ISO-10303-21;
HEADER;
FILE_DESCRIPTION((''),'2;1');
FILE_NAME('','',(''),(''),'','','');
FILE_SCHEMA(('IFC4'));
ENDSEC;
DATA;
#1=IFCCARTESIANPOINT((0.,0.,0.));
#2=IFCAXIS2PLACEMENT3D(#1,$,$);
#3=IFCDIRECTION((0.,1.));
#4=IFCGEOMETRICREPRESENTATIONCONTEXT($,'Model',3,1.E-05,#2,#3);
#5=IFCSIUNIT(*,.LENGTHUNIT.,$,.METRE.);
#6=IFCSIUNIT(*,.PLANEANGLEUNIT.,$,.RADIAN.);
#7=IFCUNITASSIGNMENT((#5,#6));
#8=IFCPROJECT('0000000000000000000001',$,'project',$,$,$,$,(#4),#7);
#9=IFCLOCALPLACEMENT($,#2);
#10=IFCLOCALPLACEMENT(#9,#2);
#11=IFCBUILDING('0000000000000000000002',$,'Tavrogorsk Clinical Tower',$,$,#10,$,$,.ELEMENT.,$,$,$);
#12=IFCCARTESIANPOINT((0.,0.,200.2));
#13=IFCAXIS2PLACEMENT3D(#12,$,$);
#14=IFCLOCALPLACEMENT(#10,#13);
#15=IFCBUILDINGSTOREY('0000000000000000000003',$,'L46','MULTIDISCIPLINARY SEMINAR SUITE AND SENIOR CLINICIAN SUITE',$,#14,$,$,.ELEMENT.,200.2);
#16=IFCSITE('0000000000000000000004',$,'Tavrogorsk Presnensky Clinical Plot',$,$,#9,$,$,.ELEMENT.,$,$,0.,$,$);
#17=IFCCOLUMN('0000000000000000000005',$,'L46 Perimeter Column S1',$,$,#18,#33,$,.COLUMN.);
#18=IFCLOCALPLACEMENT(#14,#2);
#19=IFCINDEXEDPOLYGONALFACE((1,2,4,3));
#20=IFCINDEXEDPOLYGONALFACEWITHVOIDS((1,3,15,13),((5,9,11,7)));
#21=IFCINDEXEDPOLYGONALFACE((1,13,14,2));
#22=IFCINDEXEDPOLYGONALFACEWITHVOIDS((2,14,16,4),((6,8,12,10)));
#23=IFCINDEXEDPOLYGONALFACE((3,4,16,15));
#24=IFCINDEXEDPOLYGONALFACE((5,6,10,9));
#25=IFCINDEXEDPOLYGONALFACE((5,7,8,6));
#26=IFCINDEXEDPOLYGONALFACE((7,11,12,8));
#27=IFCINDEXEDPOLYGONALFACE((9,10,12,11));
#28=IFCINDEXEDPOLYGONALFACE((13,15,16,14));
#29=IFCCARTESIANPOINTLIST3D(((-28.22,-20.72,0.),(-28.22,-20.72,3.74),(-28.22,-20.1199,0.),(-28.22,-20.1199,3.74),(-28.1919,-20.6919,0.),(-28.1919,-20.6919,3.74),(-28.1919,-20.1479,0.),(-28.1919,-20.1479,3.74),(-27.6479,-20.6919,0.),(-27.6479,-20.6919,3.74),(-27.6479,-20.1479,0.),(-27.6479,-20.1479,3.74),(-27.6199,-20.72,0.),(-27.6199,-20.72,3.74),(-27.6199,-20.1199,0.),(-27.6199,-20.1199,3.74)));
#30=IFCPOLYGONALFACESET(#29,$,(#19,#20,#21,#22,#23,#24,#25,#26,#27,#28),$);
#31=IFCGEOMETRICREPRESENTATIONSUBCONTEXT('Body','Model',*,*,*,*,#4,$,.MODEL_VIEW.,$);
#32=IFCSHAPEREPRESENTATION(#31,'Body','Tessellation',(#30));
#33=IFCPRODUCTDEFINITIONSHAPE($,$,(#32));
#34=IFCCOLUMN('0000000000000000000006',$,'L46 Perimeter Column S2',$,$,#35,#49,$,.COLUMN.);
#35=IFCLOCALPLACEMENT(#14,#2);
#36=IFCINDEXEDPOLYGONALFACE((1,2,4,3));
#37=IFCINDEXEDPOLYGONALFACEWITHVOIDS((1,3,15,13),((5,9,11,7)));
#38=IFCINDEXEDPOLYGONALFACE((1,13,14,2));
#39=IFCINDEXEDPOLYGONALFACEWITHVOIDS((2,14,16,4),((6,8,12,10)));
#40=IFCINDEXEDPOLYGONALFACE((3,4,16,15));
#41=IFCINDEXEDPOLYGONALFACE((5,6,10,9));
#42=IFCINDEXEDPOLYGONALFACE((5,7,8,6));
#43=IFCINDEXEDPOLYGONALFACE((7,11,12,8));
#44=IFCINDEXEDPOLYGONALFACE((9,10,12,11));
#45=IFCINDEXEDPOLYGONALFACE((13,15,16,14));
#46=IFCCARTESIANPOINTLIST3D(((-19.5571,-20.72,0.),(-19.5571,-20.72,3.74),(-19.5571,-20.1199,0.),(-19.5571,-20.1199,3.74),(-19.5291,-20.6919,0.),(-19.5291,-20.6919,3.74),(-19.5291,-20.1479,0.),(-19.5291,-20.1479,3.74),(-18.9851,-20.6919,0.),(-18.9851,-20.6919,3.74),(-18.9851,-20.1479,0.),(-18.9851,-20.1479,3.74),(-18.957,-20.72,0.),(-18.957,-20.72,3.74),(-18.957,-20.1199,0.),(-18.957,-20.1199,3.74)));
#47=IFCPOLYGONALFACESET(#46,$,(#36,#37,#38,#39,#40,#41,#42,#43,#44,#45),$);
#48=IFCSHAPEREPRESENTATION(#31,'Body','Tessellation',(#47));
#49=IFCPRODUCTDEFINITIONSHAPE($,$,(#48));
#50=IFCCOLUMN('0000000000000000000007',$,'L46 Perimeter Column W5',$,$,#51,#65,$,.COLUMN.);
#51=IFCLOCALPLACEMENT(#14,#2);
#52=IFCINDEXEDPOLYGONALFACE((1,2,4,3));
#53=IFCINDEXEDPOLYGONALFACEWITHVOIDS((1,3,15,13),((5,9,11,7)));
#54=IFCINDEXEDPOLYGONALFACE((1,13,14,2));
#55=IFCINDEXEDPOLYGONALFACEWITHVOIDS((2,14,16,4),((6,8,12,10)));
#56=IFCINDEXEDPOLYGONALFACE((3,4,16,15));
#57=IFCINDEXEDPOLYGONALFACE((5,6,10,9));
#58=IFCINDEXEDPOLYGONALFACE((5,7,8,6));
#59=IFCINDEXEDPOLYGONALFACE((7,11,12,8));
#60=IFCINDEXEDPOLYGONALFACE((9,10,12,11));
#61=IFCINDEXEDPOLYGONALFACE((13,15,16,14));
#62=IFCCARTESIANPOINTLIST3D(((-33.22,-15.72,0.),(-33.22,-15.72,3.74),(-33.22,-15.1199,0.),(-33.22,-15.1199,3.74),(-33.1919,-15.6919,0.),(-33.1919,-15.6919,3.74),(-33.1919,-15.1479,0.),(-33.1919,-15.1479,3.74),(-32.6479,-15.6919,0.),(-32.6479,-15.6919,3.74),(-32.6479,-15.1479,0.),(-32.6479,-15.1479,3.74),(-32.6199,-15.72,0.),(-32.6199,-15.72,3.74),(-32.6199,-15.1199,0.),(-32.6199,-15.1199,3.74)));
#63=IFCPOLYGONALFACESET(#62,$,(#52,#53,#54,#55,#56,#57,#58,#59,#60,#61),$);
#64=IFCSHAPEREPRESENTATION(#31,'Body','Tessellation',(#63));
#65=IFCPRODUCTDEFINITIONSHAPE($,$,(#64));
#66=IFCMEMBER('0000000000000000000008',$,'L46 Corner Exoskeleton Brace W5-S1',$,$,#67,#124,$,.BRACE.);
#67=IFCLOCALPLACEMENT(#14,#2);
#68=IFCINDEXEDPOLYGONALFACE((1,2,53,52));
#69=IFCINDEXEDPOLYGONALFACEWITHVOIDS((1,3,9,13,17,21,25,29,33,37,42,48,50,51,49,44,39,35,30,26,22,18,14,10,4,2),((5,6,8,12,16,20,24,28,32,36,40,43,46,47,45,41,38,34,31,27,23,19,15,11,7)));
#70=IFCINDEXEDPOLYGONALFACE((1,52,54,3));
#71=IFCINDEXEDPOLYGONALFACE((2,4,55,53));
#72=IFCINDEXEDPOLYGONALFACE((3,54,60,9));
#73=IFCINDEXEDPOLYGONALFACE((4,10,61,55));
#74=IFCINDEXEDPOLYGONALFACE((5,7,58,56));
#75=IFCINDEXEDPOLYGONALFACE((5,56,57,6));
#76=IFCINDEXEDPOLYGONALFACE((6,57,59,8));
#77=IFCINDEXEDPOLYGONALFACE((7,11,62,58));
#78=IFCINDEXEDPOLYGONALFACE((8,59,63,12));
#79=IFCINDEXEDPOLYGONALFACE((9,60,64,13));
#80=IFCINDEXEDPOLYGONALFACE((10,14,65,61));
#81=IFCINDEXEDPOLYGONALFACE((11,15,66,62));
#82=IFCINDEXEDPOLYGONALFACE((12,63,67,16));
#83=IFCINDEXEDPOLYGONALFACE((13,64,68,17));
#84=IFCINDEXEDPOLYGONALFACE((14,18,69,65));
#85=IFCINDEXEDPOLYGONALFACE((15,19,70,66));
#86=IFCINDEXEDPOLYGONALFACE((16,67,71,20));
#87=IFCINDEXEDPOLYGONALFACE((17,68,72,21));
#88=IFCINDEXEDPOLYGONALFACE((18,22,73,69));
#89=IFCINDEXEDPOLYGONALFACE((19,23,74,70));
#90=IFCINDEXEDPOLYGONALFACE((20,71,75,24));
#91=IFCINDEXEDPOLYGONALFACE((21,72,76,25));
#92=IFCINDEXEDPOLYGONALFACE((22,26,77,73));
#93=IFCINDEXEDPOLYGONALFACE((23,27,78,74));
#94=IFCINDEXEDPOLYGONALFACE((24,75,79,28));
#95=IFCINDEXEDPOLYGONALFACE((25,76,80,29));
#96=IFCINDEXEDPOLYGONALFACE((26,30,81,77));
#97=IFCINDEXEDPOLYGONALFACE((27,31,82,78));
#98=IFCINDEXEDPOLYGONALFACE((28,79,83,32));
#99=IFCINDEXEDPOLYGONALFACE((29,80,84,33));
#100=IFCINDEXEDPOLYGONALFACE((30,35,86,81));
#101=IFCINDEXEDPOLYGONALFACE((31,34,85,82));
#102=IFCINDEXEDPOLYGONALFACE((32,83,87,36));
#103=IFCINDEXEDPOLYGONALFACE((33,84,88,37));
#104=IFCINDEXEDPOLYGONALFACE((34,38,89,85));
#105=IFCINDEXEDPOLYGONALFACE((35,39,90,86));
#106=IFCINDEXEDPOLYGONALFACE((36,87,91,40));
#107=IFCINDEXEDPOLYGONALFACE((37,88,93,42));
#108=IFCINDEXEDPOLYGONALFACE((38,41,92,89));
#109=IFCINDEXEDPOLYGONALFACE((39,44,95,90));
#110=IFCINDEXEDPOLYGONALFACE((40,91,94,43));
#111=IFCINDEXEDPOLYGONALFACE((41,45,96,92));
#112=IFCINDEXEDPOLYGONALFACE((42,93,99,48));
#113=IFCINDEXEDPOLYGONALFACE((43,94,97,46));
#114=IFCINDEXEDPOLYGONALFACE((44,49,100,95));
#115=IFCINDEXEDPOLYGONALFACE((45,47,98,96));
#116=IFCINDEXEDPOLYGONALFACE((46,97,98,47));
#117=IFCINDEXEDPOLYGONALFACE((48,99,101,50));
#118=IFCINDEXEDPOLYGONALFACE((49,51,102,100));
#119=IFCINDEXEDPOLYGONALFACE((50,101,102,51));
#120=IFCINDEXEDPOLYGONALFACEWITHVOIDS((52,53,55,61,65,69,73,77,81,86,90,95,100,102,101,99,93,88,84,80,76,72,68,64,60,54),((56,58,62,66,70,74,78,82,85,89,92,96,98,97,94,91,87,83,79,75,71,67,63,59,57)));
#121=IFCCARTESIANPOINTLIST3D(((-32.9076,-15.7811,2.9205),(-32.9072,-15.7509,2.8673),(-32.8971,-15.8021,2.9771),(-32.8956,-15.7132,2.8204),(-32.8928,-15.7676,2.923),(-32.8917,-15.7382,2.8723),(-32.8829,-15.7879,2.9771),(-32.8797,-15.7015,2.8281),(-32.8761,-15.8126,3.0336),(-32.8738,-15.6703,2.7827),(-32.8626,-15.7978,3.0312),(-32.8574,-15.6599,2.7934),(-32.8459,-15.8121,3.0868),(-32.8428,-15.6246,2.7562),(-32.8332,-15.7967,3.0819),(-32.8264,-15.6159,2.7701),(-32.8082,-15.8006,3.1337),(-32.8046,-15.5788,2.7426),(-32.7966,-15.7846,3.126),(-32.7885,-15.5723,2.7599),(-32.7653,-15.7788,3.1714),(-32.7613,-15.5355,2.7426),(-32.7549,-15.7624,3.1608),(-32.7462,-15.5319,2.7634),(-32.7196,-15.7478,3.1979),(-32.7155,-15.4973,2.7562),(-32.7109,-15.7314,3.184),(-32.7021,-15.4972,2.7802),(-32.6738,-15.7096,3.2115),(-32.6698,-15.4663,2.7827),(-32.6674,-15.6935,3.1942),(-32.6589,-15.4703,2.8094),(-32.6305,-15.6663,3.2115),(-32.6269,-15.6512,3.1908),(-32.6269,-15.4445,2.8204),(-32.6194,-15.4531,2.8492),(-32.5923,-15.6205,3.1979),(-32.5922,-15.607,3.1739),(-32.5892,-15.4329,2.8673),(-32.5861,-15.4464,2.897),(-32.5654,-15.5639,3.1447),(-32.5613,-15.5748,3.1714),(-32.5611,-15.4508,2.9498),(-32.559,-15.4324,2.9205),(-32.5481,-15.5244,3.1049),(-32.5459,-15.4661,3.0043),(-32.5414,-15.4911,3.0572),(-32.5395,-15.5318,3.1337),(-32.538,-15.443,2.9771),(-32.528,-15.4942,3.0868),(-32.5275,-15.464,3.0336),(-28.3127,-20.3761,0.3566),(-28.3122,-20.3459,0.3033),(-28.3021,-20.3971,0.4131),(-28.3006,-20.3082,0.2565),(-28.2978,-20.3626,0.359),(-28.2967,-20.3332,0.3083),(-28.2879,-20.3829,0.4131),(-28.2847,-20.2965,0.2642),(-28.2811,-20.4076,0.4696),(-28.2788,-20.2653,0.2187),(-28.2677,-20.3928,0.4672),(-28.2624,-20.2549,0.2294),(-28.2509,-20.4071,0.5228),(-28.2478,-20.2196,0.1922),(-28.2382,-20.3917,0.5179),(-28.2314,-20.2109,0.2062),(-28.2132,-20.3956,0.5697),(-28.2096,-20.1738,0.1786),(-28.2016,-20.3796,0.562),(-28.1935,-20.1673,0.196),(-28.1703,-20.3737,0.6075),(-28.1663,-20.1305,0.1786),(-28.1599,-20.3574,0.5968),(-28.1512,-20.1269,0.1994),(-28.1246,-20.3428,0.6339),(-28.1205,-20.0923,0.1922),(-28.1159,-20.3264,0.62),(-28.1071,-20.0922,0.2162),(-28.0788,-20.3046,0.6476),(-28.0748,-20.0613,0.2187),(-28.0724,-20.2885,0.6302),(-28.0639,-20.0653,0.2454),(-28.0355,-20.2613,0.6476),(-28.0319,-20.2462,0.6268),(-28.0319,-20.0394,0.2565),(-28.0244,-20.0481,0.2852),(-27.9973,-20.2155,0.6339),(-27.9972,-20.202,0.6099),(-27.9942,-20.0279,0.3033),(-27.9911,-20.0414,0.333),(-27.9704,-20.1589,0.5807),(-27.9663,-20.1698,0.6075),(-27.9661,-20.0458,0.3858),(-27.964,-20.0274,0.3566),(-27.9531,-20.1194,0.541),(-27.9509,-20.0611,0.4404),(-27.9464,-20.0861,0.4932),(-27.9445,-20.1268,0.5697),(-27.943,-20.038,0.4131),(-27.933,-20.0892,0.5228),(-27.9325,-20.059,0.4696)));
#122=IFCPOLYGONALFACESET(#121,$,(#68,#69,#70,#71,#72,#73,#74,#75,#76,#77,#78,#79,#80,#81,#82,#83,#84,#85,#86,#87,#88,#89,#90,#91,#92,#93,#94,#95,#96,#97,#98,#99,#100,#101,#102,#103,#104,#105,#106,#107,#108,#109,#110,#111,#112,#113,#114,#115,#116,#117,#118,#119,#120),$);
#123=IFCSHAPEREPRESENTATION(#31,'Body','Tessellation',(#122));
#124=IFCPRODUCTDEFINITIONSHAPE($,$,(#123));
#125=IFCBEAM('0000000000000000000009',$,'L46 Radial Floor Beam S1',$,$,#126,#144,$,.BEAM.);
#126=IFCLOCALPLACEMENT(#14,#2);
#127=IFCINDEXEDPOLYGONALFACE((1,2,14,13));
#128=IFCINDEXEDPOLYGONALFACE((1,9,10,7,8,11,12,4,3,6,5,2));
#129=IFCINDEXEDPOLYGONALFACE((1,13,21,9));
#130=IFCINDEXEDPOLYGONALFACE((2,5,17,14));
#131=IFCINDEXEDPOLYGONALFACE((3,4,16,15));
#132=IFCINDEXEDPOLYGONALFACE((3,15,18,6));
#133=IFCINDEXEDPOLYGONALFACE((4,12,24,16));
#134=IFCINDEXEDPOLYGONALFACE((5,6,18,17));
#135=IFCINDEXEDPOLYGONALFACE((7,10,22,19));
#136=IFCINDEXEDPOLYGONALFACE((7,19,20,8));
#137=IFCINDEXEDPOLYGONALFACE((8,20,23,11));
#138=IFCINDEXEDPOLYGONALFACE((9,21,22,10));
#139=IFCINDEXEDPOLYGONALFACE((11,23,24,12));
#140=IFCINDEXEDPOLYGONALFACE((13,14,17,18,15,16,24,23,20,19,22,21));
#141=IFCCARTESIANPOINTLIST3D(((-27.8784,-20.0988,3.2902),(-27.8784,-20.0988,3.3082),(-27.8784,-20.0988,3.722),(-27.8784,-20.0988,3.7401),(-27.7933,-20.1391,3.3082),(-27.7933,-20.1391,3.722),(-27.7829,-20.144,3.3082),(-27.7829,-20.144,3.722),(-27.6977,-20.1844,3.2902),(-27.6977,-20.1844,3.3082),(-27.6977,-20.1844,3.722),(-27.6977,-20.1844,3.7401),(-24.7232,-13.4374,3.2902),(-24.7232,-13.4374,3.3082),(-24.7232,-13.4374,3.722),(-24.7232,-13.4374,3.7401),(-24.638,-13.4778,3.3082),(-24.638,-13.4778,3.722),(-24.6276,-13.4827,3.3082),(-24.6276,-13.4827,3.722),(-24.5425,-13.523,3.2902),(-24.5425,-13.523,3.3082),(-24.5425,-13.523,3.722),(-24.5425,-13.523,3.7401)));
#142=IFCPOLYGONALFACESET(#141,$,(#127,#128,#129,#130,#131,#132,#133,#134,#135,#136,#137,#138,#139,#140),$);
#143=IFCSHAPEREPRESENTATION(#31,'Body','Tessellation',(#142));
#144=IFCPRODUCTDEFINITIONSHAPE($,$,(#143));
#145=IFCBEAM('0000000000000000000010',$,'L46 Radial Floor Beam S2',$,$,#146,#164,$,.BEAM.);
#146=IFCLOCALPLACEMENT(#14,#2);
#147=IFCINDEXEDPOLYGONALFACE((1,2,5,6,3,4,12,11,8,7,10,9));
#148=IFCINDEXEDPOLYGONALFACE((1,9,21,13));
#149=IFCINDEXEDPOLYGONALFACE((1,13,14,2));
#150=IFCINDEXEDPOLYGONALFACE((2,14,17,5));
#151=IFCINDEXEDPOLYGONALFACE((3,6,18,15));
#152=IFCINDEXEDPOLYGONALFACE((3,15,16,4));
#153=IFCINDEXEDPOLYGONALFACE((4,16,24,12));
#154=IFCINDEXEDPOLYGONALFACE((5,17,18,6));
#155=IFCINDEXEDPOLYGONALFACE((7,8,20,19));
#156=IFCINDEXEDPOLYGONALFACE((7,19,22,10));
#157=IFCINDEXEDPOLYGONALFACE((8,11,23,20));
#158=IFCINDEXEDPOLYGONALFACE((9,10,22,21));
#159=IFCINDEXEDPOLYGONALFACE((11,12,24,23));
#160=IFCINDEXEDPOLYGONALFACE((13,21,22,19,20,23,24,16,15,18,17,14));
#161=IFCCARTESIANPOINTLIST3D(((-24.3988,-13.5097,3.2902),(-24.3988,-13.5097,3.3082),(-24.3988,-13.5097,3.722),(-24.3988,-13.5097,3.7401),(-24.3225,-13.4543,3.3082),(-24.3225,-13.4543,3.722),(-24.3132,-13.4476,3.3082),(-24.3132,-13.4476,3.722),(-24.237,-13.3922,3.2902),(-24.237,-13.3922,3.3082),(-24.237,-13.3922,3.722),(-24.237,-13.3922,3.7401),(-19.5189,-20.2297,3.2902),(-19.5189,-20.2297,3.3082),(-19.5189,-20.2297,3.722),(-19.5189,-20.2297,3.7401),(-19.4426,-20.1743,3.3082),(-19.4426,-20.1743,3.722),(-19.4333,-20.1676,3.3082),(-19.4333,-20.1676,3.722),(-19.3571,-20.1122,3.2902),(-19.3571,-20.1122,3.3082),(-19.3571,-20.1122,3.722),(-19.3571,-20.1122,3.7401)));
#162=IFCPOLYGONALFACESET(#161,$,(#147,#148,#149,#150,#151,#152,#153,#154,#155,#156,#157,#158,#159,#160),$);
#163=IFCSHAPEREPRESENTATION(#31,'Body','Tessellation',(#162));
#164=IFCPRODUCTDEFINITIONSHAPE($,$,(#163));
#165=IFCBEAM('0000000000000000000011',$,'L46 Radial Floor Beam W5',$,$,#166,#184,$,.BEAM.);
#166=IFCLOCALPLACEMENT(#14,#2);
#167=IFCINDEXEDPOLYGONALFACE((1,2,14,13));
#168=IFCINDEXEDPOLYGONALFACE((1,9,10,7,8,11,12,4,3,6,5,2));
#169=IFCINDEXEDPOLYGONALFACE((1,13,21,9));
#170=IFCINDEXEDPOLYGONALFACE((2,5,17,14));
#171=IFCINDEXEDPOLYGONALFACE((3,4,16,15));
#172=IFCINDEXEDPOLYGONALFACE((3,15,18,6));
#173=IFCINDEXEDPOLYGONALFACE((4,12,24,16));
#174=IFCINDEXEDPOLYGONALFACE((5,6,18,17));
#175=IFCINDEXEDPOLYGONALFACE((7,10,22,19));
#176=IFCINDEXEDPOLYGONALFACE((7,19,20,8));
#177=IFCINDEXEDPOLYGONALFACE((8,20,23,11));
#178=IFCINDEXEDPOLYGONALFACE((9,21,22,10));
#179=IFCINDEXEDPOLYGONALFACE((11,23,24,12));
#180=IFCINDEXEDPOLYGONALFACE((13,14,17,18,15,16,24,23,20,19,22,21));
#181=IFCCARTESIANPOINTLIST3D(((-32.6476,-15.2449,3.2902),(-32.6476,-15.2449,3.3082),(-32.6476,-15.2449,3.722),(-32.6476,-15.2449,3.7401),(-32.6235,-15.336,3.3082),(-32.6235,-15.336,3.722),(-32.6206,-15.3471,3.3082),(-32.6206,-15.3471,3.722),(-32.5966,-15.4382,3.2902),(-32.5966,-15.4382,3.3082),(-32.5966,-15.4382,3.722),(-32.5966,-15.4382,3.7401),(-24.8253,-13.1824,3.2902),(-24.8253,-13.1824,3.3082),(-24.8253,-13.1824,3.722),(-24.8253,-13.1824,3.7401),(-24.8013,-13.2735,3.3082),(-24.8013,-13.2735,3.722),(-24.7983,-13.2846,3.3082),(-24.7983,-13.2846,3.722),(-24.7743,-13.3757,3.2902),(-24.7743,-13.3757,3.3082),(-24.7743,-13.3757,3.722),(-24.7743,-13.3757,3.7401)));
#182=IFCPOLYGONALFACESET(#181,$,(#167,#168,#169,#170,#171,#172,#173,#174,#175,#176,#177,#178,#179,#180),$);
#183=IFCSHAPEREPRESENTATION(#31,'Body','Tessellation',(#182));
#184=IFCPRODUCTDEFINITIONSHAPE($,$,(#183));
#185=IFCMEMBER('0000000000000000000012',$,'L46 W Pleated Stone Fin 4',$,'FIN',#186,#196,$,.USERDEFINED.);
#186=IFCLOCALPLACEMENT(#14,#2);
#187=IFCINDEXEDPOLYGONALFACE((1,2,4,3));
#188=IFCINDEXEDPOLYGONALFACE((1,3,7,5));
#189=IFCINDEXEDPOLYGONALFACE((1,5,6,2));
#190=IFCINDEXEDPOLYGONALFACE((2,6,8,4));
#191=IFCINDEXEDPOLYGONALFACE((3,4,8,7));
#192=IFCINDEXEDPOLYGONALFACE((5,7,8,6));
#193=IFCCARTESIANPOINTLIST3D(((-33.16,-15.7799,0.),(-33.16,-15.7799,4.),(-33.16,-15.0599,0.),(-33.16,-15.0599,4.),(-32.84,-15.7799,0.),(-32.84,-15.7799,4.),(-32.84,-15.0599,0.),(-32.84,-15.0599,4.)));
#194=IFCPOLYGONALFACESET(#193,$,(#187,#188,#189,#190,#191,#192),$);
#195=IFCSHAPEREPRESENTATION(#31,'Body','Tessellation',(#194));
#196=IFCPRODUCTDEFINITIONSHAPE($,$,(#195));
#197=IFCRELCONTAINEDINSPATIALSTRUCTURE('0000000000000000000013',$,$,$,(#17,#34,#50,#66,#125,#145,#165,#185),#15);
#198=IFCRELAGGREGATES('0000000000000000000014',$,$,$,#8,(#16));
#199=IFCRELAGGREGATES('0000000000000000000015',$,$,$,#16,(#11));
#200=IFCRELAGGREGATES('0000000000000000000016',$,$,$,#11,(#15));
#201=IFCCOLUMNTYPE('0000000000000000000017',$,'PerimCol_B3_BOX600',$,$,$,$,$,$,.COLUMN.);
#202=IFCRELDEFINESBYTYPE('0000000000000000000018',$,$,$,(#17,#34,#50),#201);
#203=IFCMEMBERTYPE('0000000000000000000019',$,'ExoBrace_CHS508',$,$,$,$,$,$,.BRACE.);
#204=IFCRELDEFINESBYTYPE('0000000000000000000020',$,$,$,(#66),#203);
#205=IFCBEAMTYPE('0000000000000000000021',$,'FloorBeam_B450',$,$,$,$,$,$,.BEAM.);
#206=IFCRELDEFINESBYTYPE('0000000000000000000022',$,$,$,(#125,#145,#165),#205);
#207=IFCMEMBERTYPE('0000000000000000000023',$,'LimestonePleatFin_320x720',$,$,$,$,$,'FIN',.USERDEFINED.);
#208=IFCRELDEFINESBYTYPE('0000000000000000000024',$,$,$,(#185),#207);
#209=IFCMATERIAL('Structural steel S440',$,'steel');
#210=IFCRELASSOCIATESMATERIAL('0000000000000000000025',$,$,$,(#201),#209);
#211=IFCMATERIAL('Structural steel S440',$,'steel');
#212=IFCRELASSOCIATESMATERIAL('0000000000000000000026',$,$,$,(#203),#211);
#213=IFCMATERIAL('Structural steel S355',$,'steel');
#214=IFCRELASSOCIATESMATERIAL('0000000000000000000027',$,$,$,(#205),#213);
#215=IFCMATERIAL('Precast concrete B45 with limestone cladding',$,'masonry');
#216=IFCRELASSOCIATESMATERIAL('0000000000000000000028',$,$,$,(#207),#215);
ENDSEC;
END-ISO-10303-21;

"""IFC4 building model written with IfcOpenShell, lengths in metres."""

from ifc_helpers import new_model, si_unit, direction, frame, origin, origin_2d, place, context, subcontext, project, spatial, rectangle, hollow_rectangle, hollow_circle, i_section, extrude, material, material_profile, profile_set, type_object, element, save


model = new_model("IFC4")

# Units and contexts
model_context = context("Model", 3, precision=1e-05, world=origin(), true_north=direction((0.0, 1.0)))
body_context = subcontext(model_context, "Body", "Model", "MODEL_VIEW")
ifc_project = project(units=[si_unit("LENGTHUNIT", "METRE"), si_unit("PLANEANGLEUNIT", "RADIAN")], contexts=[model_context])

# Site, building, storey
site_placement = place(None, origin())
site = spatial("IfcSite", under=ifc_project, at=site_placement, Name="Tavrogorsk Presnensky Clinical Plot", CompositionType="ELEMENT", RefElevation=0.0)
building_placement = place(site_placement, origin())
building = spatial("IfcBuilding", under=site, at=building_placement, Name="Tavrogorsk Clinical Tower", CompositionType="ELEMENT")
storey_placement = place(building_placement, frame((0.0, 0.0, 200.2)))
storey = spatial("IfcBuildingStorey", under=building, at=storey_placement, Name="L46", Description="MULTIDISCIPLINARY SEMINAR SUITE AND SENIOR CLINICIAN SUITE", CompositionType="ELEMENT", Elevation=200.2)

# Columns
ifc_material_1 = material(Name="Structural steel S440", Category="steel")
ifc_material_profile_1 = material_profile(ifc_material_1, hollow_rectangle(XDim=0.6001, YDim=0.6001, WallThickness=0.0281, at=origin_2d()), Name="BOX-600x600x28")
ifc_profile_set_1 = profile_set([ifc_material_profile_1], Name="Structural steel S440")
column_type = type_object("IfcColumnType", Name="PerimCol_B3_BOX600", PredefinedType="COLUMN", material=ifc_profile_set_1)
for number, where, z_axis, x_axis, name in (
    (1, (-27.9199, -20.4199, 0.0), (0.0, 0.0, 1.0), (1.0, 0.0, 0.0), "L46 Perimeter Column S1"),
    (2, (-19.2571, -20.4199, 0.0), (0.0, 0.0, 1.0), (1.0, 0.0, 0.0), "L46 Perimeter Column S2"),
    (3, (-32.9199, -15.4199, 0.0), (0.0, 0.0, 1.0), (1.0, 0.0, 0.0), "L46 Perimeter Column W5"),
):
    element("IfcColumn", number, at=place(storey_placement, frame(where, z_axis=z_axis, x_axis=x_axis)), inside=storey, type_object=column_type, Name=name, PredefinedType="COLUMN", context=body_context, shape_type="SweptSolid", body=[
        extrude(hollow_rectangle(XDim=0.6001, YDim=0.6001, WallThickness=0.0281, at=origin_2d()), origin(), (0.0, 0.0, 1.0), 3.74),
    ])

# Member
ifc_material_2 = material(Name="Structural steel S440", Category="steel")
ifc_material_profile_2 = material_profile(ifc_material_2, hollow_circle(Radius=0.2539, WallThickness=0.02, at=origin_2d()), Name="CHS-508x20")
ifc_profile_set_2 = profile_set([ifc_material_profile_2], Name="Structural steel S440")
member_type_1 = type_object("IfcMemberType", Name="ExoBrace_CHS508", PredefinedType="BRACE", material=ifc_profile_set_2)
member_1_placement = place(storey_placement, frame((-28.1226, -20.2175, 0.4131), z_axis=(-0.657759, 0.657759, 0.367025), x_axis=(-0.707107, -0.707107, 0.0)))
element("IfcMember", 4, at=member_1_placement, inside=storey, type_object=member_type_1, Name="L46 Corner Exoskeleton Brace W5-S1", PredefinedType="BRACE", context=body_context, shape_type="SweptSolid", body=[
    extrude(hollow_circle(Radius=0.2539, WallThickness=0.02, at=origin_2d()), origin(), (0.0, 0.0, 1.0), 6.9858),
])

# Beams
ifc_material_3 = material(Name="Structural steel S355", Category="steel")
ifc_material_profile_3 = material_profile(ifc_material_3, i_section(OverallWidth=0.2, OverallDepth=0.45, WebThickness=0.0115, FlangeThickness=0.0181, at=origin_2d()), Name="B-450x200x11.5x18")
ifc_profile_set_3 = profile_set([ifc_material_profile_3], Name="Structural steel S355")
beam_type_1 = type_object("IfcBeamType", Name="FloorBeam_B450", PredefinedType="BEAM", material=ifc_profile_set_3)
beam_1_placement = place(storey_placement, frame((-24.6328, -13.4802, 3.5151), z_axis=(-0.428074, -0.903744, 0.0), x_axis=(0.903744, -0.428074, 0.0)))
element("IfcBeam", 5, at=beam_1_placement, inside=storey, type_object=beam_type_1, Name="L46 Radial Floor Beam S1", PredefinedType="BEAM", context=body_context, shape_type="SweptSolid", body=[
    extrude(i_section(OverallWidth=0.2, OverallDepth=0.45, WebThickness=0.0115, FlangeThickness=0.0181, at=origin_2d()), origin(), (0.0, 0.0, 1.0), 7.3708),
])
beam_2_placement = place(storey_placement, frame((-24.3179, -13.4509, 3.5151), z_axis=(0.587591, -0.809158, 0.0), x_axis=(0.809158, 0.587591, 0.0)))
element("IfcBeam", 6, at=beam_2_placement, inside=storey, type_object=beam_type_1, Name="L46 Radial Floor Beam S2", PredefinedType="BEAM", context=body_context, shape_type="SweptSolid", body=[
    extrude(i_section(OverallWidth=0.2, OverallDepth=0.45, WebThickness=0.0115, FlangeThickness=0.0181, at=origin_2d()), origin(), (0.0, 0.0, 1.0), 8.3049),
])
beam_3_placement = place(storey_placement, frame((-24.7998, -13.2791, 3.5151), z_axis=(-0.966952, -0.254957, 0.0), x_axis=(0.254957, -0.966952, 0.0)))
element("IfcBeam", 7, at=beam_3_placement, inside=storey, type_object=beam_type_1, Name="L46 Radial Floor Beam W5", PredefinedType="BEAM", context=body_context, shape_type="SweptSolid", body=[
    extrude(i_section(OverallWidth=0.2, OverallDepth=0.45, WebThickness=0.0115, FlangeThickness=0.0181, at=origin_2d()), origin(), (0.0, 0.0, 1.0), 8.0896),
])

# Member
ifc_material_4 = material(Name="Precast concrete B45 with limestone cladding", Category="masonry")
ifc_material_profile_4 = material_profile(ifc_material_4, rectangle(XDim=0.3201, YDim=0.72, at=origin_2d()), Name="LIMESTONE-FIN-320x720")
ifc_profile_set_4 = profile_set([ifc_material_profile_4], Name="Precast concrete B45 with limestone cladding")
member_type_2 = type_object("IfcMemberType", Name="LimestonePleatFin_320x720", ElementType="FIN", PredefinedType="USERDEFINED", material=ifc_profile_set_4)
member_2_placement = place(storey_placement, frame((-33.0, -15.4199, 0.0), z_axis=(0.0, 0.0, 1.0), x_axis=(1.0, 0.0, 0.0)))
element("IfcMember", 8, at=member_2_placement, inside=storey, type_object=member_type_2, Name="L46 W Pleated Stone Fin 4", ObjectType="FIN", PredefinedType="USERDEFINED", context=body_context, shape_type="SweptSolid", body=[
    extrude(rectangle(XDim=0.3201, YDim=0.72, at=origin_2d()), origin(), (0.0, 0.0, 1.0), 4.0),
])

save(model, "model.ifc")
